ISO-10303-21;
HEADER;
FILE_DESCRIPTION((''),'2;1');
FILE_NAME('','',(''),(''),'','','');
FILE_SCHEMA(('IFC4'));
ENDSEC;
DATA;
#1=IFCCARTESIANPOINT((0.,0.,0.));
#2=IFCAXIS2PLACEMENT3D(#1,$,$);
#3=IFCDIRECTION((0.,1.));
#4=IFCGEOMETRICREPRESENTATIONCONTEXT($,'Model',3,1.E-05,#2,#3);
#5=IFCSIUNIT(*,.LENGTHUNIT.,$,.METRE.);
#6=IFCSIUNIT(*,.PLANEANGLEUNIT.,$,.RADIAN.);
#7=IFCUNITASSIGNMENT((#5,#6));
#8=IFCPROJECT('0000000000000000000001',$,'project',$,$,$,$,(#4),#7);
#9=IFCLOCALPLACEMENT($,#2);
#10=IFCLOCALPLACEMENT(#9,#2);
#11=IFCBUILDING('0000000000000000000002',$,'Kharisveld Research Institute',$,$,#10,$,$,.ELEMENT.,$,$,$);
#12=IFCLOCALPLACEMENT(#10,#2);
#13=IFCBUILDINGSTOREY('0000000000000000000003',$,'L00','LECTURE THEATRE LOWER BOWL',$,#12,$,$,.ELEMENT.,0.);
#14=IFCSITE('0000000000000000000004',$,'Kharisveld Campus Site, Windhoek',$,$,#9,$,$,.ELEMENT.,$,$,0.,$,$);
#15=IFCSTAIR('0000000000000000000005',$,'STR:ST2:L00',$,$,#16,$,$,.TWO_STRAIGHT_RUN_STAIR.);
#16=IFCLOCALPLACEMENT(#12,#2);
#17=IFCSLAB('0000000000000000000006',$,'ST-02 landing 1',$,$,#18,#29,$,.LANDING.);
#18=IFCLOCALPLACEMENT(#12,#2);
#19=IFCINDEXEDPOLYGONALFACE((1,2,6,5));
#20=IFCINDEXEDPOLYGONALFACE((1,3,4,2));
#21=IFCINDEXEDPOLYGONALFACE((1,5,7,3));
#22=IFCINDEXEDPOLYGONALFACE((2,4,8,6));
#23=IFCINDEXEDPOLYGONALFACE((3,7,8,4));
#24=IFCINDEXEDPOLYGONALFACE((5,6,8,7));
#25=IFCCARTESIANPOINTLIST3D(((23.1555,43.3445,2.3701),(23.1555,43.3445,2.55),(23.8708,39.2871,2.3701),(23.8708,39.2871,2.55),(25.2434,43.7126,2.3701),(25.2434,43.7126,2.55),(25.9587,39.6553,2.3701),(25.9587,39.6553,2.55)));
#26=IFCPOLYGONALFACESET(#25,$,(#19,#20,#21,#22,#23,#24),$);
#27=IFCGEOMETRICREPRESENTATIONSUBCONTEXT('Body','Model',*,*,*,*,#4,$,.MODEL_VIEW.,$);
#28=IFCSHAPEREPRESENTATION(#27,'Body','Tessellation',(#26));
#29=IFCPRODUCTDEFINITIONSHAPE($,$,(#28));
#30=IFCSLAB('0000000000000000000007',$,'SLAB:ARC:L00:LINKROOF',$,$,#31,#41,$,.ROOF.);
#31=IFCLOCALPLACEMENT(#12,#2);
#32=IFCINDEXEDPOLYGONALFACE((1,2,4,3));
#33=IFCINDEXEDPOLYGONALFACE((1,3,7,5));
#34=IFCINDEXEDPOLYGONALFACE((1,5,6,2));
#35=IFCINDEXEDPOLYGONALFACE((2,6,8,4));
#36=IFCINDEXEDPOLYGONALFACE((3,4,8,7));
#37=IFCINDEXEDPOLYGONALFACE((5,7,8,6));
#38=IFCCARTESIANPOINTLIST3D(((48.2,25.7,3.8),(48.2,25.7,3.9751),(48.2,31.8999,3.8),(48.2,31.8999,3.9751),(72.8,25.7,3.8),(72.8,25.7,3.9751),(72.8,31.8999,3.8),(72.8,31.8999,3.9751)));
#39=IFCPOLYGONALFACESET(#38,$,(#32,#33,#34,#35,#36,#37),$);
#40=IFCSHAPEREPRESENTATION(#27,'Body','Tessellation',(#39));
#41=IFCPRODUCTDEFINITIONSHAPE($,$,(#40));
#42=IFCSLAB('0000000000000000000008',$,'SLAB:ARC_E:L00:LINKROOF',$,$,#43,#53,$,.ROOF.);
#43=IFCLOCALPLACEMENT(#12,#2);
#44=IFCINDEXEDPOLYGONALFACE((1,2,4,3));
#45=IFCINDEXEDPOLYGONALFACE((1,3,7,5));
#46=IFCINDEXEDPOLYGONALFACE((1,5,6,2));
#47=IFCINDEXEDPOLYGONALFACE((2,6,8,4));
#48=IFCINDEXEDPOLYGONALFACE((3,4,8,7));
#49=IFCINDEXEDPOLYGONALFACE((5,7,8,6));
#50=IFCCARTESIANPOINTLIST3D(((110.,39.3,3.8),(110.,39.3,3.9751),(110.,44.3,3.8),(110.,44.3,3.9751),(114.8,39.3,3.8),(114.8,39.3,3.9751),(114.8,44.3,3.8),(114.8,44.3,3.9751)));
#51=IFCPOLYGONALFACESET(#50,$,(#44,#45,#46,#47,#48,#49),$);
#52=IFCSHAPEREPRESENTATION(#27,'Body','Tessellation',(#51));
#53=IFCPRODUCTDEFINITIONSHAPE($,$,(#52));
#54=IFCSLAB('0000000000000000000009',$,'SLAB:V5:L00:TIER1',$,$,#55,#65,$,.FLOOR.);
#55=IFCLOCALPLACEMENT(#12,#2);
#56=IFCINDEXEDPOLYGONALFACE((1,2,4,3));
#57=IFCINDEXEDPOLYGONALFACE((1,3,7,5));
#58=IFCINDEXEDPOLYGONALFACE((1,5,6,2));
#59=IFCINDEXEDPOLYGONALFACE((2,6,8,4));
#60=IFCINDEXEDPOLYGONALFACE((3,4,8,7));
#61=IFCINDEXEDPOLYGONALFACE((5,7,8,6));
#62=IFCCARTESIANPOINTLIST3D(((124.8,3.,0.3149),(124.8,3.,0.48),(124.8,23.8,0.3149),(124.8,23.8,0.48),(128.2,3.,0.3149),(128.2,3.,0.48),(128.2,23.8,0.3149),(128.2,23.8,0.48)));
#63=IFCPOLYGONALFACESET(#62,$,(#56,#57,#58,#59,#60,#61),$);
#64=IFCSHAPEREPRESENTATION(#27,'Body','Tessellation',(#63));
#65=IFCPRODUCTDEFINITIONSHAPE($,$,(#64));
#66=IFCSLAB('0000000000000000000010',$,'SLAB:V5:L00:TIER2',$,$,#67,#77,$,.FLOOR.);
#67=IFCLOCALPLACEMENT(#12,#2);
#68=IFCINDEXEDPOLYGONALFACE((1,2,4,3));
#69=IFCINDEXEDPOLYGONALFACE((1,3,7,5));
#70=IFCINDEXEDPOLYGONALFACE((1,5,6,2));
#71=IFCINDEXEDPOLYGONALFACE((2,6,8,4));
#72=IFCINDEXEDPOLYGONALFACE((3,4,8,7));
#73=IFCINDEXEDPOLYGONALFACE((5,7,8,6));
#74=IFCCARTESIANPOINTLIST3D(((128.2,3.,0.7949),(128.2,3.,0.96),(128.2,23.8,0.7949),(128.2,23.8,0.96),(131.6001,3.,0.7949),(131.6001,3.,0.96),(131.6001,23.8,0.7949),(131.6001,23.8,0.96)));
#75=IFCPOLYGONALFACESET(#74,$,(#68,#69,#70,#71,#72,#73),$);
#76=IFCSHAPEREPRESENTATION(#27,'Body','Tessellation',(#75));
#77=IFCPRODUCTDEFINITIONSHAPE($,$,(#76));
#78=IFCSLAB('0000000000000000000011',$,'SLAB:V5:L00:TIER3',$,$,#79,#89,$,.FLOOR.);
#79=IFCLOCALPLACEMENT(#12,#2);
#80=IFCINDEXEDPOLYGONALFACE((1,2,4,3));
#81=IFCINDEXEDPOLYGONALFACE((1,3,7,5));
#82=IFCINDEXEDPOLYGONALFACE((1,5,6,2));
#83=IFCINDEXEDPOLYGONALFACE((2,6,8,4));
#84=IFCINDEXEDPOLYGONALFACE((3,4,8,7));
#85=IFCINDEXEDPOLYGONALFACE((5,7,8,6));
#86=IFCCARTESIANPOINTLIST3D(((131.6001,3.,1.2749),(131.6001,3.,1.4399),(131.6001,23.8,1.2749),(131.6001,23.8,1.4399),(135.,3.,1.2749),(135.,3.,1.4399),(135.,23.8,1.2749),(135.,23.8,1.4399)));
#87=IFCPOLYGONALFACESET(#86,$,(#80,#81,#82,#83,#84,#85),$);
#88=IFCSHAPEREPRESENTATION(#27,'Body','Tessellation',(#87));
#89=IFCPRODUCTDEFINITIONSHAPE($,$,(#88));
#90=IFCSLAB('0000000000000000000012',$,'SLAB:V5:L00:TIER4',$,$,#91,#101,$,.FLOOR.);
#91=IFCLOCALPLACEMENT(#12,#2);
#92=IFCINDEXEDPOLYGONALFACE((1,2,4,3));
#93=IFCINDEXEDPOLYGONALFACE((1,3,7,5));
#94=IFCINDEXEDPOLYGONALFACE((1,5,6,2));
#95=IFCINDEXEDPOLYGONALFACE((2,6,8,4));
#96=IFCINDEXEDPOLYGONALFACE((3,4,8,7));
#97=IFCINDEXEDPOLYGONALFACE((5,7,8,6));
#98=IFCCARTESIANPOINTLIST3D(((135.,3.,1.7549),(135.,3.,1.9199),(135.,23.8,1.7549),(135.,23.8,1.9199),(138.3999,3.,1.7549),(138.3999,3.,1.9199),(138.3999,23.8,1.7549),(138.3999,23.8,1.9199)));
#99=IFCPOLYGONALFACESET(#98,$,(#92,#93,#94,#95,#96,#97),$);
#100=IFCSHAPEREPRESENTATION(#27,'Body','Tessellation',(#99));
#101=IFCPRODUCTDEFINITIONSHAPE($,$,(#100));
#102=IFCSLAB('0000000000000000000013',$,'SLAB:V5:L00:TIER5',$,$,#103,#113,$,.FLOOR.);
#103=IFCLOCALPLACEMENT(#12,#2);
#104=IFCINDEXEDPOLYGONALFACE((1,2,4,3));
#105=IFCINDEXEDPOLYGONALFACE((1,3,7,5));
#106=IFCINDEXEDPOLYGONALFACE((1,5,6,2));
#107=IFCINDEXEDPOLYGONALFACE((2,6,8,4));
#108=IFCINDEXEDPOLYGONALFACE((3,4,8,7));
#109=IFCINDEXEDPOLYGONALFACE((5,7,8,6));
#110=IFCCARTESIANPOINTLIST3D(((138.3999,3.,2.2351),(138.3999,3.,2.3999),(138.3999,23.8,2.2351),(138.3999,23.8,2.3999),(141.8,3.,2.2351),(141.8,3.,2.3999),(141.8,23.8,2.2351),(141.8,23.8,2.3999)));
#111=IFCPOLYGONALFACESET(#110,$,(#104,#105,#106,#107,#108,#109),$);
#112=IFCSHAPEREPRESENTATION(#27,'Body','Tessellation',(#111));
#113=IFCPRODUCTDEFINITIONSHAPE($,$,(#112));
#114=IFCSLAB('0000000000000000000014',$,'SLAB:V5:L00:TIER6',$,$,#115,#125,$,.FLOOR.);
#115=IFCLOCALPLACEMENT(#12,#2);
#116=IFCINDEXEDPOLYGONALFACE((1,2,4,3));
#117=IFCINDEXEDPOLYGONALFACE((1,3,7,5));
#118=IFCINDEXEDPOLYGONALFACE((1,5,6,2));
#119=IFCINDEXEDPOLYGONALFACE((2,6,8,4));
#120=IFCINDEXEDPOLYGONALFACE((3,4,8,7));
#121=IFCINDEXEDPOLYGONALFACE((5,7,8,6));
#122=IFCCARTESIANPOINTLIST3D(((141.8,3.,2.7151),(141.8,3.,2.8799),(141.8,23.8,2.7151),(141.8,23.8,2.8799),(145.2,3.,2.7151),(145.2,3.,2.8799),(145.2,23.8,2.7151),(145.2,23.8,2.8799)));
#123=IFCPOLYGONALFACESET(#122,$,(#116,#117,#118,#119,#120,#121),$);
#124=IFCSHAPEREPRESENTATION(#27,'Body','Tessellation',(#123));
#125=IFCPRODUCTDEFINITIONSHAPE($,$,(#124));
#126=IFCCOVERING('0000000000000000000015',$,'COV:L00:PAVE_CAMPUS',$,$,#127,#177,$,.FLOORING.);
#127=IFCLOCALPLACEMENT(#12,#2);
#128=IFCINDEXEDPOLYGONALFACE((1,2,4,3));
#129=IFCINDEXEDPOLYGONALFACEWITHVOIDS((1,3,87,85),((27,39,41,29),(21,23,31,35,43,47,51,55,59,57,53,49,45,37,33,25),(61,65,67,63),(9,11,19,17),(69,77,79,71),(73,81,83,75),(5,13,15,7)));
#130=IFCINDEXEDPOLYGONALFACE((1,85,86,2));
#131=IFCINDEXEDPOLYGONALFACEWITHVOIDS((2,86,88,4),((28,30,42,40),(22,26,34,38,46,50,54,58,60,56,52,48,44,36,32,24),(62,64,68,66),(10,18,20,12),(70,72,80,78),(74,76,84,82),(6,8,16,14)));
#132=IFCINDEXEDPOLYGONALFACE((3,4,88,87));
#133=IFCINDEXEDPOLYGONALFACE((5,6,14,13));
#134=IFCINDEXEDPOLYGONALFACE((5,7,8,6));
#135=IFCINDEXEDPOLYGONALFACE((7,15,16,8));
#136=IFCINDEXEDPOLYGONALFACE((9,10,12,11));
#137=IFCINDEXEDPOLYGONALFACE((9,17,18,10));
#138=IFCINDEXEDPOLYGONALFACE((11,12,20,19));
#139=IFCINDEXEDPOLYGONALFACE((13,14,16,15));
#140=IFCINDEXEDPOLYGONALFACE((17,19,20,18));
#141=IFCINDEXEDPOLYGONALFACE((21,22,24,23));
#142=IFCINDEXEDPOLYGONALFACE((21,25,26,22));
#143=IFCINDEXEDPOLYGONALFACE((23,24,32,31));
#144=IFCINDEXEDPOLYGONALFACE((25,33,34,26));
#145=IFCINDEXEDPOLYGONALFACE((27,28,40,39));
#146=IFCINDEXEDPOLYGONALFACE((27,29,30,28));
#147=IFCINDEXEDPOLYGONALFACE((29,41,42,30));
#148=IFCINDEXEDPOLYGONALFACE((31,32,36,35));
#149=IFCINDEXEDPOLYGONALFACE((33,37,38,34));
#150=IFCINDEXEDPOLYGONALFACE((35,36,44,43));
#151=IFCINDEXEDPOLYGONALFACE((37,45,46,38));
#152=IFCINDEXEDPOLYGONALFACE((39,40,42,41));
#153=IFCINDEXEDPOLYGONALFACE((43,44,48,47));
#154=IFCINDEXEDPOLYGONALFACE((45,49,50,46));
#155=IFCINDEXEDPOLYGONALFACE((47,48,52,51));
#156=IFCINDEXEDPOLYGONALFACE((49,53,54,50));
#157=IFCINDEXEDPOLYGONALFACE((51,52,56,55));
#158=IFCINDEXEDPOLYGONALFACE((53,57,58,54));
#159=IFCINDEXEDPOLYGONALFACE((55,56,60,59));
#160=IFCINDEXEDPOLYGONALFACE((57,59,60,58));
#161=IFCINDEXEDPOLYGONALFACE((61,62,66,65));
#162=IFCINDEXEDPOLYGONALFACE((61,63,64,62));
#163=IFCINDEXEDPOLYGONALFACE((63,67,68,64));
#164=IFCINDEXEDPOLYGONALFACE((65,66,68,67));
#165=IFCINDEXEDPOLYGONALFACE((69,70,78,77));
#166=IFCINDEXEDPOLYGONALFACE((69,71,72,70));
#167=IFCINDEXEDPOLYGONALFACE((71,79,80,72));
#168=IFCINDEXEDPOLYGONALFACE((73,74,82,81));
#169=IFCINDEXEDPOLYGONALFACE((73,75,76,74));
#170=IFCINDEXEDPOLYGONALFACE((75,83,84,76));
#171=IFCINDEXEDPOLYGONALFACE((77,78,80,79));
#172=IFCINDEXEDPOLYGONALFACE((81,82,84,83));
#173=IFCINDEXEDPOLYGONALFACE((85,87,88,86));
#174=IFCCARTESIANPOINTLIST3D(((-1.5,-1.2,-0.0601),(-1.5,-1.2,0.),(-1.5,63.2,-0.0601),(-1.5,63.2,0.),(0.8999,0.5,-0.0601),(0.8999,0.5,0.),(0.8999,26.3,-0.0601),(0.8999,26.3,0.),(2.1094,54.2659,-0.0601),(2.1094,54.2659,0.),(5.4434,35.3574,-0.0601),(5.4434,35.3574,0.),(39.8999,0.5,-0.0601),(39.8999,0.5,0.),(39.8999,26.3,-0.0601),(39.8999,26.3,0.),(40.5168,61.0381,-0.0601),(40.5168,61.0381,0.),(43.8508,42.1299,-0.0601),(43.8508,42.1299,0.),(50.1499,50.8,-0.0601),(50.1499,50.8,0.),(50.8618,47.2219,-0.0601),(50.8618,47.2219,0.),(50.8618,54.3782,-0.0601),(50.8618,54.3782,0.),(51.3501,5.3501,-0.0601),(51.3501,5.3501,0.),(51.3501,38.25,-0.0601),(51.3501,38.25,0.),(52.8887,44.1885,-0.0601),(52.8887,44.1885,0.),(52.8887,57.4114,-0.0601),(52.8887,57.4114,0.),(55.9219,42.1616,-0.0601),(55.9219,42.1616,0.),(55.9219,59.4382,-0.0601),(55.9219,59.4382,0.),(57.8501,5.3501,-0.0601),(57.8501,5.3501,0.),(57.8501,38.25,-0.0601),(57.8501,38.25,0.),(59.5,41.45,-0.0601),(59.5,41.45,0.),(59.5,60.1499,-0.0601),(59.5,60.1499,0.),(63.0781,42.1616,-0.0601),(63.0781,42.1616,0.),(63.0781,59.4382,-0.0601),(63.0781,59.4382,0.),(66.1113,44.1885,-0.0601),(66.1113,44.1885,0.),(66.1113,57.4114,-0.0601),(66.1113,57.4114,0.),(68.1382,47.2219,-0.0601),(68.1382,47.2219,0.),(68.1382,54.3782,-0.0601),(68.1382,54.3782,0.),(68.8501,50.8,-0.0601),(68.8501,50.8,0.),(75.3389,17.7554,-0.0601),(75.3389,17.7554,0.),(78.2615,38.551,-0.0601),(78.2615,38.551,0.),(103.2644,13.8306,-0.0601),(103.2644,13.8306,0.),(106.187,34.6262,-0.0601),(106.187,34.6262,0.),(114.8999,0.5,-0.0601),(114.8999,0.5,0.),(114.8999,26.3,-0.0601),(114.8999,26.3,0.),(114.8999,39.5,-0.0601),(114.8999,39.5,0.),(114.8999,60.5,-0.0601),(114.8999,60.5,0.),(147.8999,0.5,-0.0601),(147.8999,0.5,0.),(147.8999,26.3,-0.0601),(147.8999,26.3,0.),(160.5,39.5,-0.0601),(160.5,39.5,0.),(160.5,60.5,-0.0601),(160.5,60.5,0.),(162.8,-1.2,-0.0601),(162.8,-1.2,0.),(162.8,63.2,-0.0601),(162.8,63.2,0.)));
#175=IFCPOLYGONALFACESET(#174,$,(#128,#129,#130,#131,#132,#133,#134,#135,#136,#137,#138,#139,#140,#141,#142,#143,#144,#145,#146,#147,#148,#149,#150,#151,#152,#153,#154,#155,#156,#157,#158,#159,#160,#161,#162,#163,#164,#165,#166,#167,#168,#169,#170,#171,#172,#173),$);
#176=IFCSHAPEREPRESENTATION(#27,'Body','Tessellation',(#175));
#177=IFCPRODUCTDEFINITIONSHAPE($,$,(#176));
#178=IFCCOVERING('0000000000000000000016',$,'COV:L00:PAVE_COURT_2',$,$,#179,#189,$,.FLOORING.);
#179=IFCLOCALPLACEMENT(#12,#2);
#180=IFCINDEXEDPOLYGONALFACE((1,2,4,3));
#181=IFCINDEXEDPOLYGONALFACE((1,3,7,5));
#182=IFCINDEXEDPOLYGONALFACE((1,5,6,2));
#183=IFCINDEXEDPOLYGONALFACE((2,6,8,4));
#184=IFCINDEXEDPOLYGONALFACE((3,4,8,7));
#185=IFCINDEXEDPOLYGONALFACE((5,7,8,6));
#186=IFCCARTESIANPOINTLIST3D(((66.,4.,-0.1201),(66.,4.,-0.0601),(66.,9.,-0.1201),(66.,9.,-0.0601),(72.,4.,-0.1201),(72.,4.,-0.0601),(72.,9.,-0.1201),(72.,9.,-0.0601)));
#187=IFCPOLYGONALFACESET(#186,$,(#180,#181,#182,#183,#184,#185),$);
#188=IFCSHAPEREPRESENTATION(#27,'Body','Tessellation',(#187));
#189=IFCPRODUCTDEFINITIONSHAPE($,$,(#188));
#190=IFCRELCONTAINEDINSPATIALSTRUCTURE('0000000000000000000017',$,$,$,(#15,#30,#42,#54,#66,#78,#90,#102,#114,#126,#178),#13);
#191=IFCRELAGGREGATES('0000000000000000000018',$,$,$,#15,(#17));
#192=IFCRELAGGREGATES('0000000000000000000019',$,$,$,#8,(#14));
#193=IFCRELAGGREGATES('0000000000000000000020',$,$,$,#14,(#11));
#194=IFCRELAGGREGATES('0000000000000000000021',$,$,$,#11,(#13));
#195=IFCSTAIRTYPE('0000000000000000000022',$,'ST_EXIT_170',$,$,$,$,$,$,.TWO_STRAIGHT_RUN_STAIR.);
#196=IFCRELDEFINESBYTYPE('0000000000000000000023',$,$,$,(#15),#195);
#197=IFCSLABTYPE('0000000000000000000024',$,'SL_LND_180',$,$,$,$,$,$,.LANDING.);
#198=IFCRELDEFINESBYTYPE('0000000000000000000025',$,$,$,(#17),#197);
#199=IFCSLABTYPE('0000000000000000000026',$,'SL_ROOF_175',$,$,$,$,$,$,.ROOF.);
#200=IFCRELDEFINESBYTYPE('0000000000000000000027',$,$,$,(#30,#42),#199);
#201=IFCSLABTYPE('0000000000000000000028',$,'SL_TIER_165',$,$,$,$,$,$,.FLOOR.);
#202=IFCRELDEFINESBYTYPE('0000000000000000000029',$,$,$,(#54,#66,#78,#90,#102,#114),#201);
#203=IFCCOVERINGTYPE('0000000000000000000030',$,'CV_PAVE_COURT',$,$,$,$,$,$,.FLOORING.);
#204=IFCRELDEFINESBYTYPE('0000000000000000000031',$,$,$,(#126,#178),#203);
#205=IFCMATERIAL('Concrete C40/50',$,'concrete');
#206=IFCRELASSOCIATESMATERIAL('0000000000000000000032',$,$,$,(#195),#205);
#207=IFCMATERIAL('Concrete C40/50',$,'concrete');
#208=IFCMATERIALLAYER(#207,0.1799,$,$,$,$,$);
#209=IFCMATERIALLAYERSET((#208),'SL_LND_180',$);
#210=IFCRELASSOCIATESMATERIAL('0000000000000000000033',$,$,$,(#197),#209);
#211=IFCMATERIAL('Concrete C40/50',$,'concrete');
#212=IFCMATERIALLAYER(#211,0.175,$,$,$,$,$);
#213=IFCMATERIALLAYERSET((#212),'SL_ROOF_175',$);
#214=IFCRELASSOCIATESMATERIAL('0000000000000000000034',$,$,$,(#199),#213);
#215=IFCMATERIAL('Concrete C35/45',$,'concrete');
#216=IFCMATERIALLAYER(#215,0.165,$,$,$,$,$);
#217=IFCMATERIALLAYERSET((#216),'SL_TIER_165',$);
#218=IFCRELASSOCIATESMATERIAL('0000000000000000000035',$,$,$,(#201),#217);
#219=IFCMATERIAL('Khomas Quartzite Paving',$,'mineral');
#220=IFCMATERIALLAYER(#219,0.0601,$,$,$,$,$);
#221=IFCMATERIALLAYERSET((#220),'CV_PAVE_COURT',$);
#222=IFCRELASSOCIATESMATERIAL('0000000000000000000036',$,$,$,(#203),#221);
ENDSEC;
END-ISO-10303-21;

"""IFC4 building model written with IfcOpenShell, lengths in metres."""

from ifc_helpers import new_model, si_unit, direction, frame, origin, place, context, subcontext, project, spatial, polyline, outline, extrude, material, layer, layer_set, type_object, element, aggregate, save


model = new_model("IFC4")

# Units and contexts
model_context = context("Model", 3, precision=1e-05, world=origin(), true_north=direction((0.0, 1.0)))
body_context = subcontext(model_context, "Body", "Model", "MODEL_VIEW")
ifc_project = project(units=[si_unit("LENGTHUNIT", "METRE"), si_unit("PLANEANGLEUNIT", "RADIAN")], contexts=[model_context])

# Site, building, storey
site_placement = place(None, origin())
site = spatial("IfcSite", under=ifc_project, at=site_placement, Name="Kharisveld Campus Site, Windhoek", CompositionType="ELEMENT", RefElevation=0.0)
building_placement = place(site_placement, origin())
building = spatial("IfcBuilding", under=site, at=building_placement, Name="Kharisveld Research Institute", CompositionType="ELEMENT")
storey_placement = place(building_placement, origin())
storey = spatial("IfcBuildingStorey", under=building, at=storey_placement, Name="L00", Description="LECTURE THEATRE LOWER BOWL", CompositionType="ELEMENT", Elevation=0.0)

# Stair, slab
ifc_material_1 = material(Name="Concrete C40/50", Category="concrete")
stair_type = type_object("IfcStairType", Name="ST_EXIT_170", PredefinedType="TWO_STRAIGHT_RUN_STAIR", material=ifc_material_1)
ifc_material_2 = material(Name="Concrete C40/50", Category="concrete")
ifc_layer_1 = layer(ifc_material_2, 0.1799)
ifc_layer_set_1 = layer_set([ifc_layer_1], Name="SL_LND_180")
slab_type_1 = type_object("IfcSlabType", Name="SL_LND_180", PredefinedType="LANDING", material=ifc_layer_set_1)
stair_1_placement = place(storey_placement, origin())
stair_1 = element("IfcStair", 1, at=stair_1_placement, inside=storey, type_object=stair_type, Name="STR:ST2:L00", PredefinedType="TWO_STRAIGHT_RUN_STAIR")
slab_1_placement = place(storey_placement, frame((0.0, 0.0, 2.3701)))
slab_1 = element("IfcSlab", 2, at=slab_1_placement, type_object=slab_type_1, Name="ST-02 landing 1", PredefinedType="LANDING", context=body_context, shape_type="SweptSolid", body=[
    extrude(outline(polyline([(23.8708, 39.2871), (25.9587, 39.6553), (25.2434, 43.7126), (23.1555, 43.3445), (23.8708, 39.2871)])), origin(), (0.0, 0.0, 1.0), 0.1799),
])
aggregate(stair_1, [slab_1])

# Slabs
ifc_material_3 = material(Name="Concrete C40/50", Category="concrete")
ifc_layer_2 = layer(ifc_material_3, 0.175)
ifc_layer_set_2 = layer_set([ifc_layer_2], Name="SL_ROOF_175")
slab_type_2 = type_object("IfcSlabType", Name="SL_ROOF_175", PredefinedType="ROOF", material=ifc_layer_set_2)
slab_2_placement = place(storey_placement, frame((0.0, 0.0, 3.8)))
element("IfcSlab", 3, at=slab_2_placement, inside=storey, type_object=slab_type_2, Name="SLAB:ARC:L00:LINKROOF", PredefinedType="ROOF", context=body_context, shape_type="SweptSolid", body=[
    extrude(outline(polyline([(48.2, 25.7), (72.8, 25.7), (72.8, 31.8999), (48.2, 31.8999), (48.2, 25.7)])), origin(), (0.0, 0.0, 1.0), 0.175),
])
slab_3_placement = place(storey_placement, frame((0.0, 0.0, 3.8)))
element("IfcSlab", 4, at=slab_3_placement, inside=storey, type_object=slab_type_2, Name="SLAB:ARC_E:L00:LINKROOF", PredefinedType="ROOF", context=body_context, shape_type="SweptSolid", body=[
    extrude(outline(polyline([(110.0, 39.3), (114.8, 39.3), (114.8, 44.3), (110.0, 44.3), (110.0, 39.3)])), origin(), (0.0, 0.0, 1.0), 0.175),
])
ifc_material_4 = material(Name="Concrete C35/45", Category="concrete")
ifc_layer_3 = layer(ifc_material_4, 0.165)
ifc_layer_set_3 = layer_set([ifc_layer_3], Name="SL_TIER_165")
slab_type_3 = type_object("IfcSlabType", Name="SL_TIER_165", PredefinedType="FLOOR", material=ifc_layer_set_3)
slab_4_placement = place(storey_placement, frame((0.0, 0.0, 0.3149)))
element("IfcSlab", 5, at=slab_4_placement, inside=storey, type_object=slab_type_3, Name="SLAB:V5:L00:TIER1", PredefinedType="FLOOR", context=body_context, shape_type="SweptSolid", body=[
    extrude(outline(polyline([(124.8, 3.0), (128.2, 3.0), (128.2, 23.8), (124.8, 23.8), (124.8, 3.0)])), origin(), (0.0, 0.0, 1.0), 0.165),
])
slab_5_placement = place(storey_placement, frame((0.0, 0.0, 0.7949)))
element("IfcSlab", 6, at=slab_5_placement, inside=storey, type_object=slab_type_3, Name="SLAB:V5:L00:TIER2", PredefinedType="FLOOR", context=body_context, shape_type="SweptSolid", body=[
    extrude(outline(polyline([(128.2, 3.0), (131.6001, 3.0), (131.6001, 23.8), (128.2, 23.8), (128.2, 3.0)])), origin(), (0.0, 0.0, 1.0), 0.165),
])
slab_6_placement = place(storey_placement, frame((0.0, 0.0, 1.2749)))
element("IfcSlab", 7, at=slab_6_placement, inside=storey, type_object=slab_type_3, Name="SLAB:V5:L00:TIER3", PredefinedType="FLOOR", context=body_context, shape_type="SweptSolid", body=[
    extrude(outline(polyline([(131.6001, 3.0), (135.0, 3.0), (135.0, 23.8), (131.6001, 23.8), (131.6001, 3.0)])), origin(), (0.0, 0.0, 1.0), 0.165),
])
slab_7_placement = place(storey_placement, frame((0.0, 0.0, 1.7549)))
element("IfcSlab", 8, at=slab_7_placement, inside=storey, type_object=slab_type_3, Name="SLAB:V5:L00:TIER4", PredefinedType="FLOOR", context=body_context, shape_type="SweptSolid", body=[
    extrude(outline(polyline([(135.0, 3.0), (138.3999, 3.0), (138.3999, 23.8), (135.0, 23.8), (135.0, 3.0)])), origin(), (0.0, 0.0, 1.0), 0.165),
])
slab_8_placement = place(storey_placement, frame((0.0, 0.0, 2.2351)))
element("IfcSlab", 9, at=slab_8_placement, inside=storey, type_object=slab_type_3, Name="SLAB:V5:L00:TIER5", PredefinedType="FLOOR", context=body_context, shape_type="SweptSolid", body=[
    extrude(outline(polyline([(138.3999, 3.0), (141.8, 3.0), (141.8, 23.8), (138.3999, 23.8), (138.3999, 3.0)])), origin(), (0.0, 0.0, 1.0), 0.1648),
])
slab_9_placement = place(storey_placement, frame((0.0, 0.0, 2.7151)))
element("IfcSlab", 10, at=slab_9_placement, inside=storey, type_object=slab_type_3, Name="SLAB:V5:L00:TIER6", PredefinedType="FLOOR", context=body_context, shape_type="SweptSolid", body=[
    extrude(outline(polyline([(141.8, 3.0), (145.2, 3.0), (145.2, 23.8), (141.8, 23.8), (141.8, 3.0)])), origin(), (0.0, 0.0, 1.0), 0.1648),
])

# Coverings
ifc_material_5 = material(Name="Khomas Quartzite Paving", Category="mineral")
ifc_layer_4 = layer(ifc_material_5, 0.0601)
ifc_layer_set_4 = layer_set([ifc_layer_4], Name="CV_PAVE_COURT")
covering_type = type_object("IfcCoveringType", Name="CV_PAVE_COURT", PredefinedType="FLOORING", material=ifc_layer_set_4)
covering_1_placement = place(storey_placement, frame((0.0, 0.0, -0.0601)))
element("IfcCovering", 11, at=covering_1_placement, inside=storey, type_object=covering_type, Name="COV:L00:PAVE_CAMPUS", PredefinedType="FLOORING", context=body_context, shape_type="SweptSolid", body=[
    extrude(outline(polyline([(-1.5, -1.2), (162.8, -1.2), (162.8, 63.2), (-1.5, 63.2), (-1.5, -1.2)]), holes=[polyline([(39.8999, 0.5), (0.8999, 0.5), (0.8999, 26.3), (39.8999, 26.3), (39.8999, 0.5)]), polyline([(114.8999, 0.5), (114.8999, 26.3), (147.8999, 26.3), (147.8999, 0.5), (114.8999, 0.5)]), polyline([(51.3501, 5.3501), (51.3501, 38.25), (57.8501, 38.25), (57.8501, 5.3501), (51.3501, 5.3501)]), polyline([(75.3389, 17.7554), (78.2615, 38.551), (106.187, 34.6262), (103.2644, 13.8306), (75.3389, 17.7554)]), polyline([(5.4434, 35.3574), (2.1094, 54.2659), (40.5168, 61.0381), (43.8508, 42.1299), (5.4434, 35.3574)]), polyline([(114.8999, 39.5), (114.8999, 60.5), (160.5, 60.5), (160.5, 39.5), (114.8999, 39.5)]), polyline([(59.5, 41.45), (55.9219, 42.1616), (52.8887, 44.1885), (50.8618, 47.2219), (50.1499, 50.8), (50.8618, 54.3782), (52.8887, 57.4114), (55.9219, 59.4382), (59.5, 60.1499), (63.0781, 59.4382), (66.1113, 57.4114), (68.1382, 54.3782), (68.8501, 50.8), (68.1382, 47.2219), (66.1113, 44.1885), (63.0781, 42.1616), (59.5, 41.45)])]), origin(), (0.0, 0.0, 1.0), 0.0601),
])
covering_2_placement = place(storey_placement, frame((0.0, 0.0, -0.1201)))
element("IfcCovering", 12, at=covering_2_placement, inside=storey, type_object=covering_type, Name="COV:L00:PAVE_COURT_2", PredefinedType="FLOORING", context=body_context, shape_type="SweptSolid", body=[
    extrude(outline(polyline([(66.0, 4.0), (72.0, 4.0), (72.0, 9.0), (66.0, 9.0), (66.0, 4.0)])), origin(), (0.0, 0.0, 1.0), 0.0601),
])

save(model, "model.ifc")
